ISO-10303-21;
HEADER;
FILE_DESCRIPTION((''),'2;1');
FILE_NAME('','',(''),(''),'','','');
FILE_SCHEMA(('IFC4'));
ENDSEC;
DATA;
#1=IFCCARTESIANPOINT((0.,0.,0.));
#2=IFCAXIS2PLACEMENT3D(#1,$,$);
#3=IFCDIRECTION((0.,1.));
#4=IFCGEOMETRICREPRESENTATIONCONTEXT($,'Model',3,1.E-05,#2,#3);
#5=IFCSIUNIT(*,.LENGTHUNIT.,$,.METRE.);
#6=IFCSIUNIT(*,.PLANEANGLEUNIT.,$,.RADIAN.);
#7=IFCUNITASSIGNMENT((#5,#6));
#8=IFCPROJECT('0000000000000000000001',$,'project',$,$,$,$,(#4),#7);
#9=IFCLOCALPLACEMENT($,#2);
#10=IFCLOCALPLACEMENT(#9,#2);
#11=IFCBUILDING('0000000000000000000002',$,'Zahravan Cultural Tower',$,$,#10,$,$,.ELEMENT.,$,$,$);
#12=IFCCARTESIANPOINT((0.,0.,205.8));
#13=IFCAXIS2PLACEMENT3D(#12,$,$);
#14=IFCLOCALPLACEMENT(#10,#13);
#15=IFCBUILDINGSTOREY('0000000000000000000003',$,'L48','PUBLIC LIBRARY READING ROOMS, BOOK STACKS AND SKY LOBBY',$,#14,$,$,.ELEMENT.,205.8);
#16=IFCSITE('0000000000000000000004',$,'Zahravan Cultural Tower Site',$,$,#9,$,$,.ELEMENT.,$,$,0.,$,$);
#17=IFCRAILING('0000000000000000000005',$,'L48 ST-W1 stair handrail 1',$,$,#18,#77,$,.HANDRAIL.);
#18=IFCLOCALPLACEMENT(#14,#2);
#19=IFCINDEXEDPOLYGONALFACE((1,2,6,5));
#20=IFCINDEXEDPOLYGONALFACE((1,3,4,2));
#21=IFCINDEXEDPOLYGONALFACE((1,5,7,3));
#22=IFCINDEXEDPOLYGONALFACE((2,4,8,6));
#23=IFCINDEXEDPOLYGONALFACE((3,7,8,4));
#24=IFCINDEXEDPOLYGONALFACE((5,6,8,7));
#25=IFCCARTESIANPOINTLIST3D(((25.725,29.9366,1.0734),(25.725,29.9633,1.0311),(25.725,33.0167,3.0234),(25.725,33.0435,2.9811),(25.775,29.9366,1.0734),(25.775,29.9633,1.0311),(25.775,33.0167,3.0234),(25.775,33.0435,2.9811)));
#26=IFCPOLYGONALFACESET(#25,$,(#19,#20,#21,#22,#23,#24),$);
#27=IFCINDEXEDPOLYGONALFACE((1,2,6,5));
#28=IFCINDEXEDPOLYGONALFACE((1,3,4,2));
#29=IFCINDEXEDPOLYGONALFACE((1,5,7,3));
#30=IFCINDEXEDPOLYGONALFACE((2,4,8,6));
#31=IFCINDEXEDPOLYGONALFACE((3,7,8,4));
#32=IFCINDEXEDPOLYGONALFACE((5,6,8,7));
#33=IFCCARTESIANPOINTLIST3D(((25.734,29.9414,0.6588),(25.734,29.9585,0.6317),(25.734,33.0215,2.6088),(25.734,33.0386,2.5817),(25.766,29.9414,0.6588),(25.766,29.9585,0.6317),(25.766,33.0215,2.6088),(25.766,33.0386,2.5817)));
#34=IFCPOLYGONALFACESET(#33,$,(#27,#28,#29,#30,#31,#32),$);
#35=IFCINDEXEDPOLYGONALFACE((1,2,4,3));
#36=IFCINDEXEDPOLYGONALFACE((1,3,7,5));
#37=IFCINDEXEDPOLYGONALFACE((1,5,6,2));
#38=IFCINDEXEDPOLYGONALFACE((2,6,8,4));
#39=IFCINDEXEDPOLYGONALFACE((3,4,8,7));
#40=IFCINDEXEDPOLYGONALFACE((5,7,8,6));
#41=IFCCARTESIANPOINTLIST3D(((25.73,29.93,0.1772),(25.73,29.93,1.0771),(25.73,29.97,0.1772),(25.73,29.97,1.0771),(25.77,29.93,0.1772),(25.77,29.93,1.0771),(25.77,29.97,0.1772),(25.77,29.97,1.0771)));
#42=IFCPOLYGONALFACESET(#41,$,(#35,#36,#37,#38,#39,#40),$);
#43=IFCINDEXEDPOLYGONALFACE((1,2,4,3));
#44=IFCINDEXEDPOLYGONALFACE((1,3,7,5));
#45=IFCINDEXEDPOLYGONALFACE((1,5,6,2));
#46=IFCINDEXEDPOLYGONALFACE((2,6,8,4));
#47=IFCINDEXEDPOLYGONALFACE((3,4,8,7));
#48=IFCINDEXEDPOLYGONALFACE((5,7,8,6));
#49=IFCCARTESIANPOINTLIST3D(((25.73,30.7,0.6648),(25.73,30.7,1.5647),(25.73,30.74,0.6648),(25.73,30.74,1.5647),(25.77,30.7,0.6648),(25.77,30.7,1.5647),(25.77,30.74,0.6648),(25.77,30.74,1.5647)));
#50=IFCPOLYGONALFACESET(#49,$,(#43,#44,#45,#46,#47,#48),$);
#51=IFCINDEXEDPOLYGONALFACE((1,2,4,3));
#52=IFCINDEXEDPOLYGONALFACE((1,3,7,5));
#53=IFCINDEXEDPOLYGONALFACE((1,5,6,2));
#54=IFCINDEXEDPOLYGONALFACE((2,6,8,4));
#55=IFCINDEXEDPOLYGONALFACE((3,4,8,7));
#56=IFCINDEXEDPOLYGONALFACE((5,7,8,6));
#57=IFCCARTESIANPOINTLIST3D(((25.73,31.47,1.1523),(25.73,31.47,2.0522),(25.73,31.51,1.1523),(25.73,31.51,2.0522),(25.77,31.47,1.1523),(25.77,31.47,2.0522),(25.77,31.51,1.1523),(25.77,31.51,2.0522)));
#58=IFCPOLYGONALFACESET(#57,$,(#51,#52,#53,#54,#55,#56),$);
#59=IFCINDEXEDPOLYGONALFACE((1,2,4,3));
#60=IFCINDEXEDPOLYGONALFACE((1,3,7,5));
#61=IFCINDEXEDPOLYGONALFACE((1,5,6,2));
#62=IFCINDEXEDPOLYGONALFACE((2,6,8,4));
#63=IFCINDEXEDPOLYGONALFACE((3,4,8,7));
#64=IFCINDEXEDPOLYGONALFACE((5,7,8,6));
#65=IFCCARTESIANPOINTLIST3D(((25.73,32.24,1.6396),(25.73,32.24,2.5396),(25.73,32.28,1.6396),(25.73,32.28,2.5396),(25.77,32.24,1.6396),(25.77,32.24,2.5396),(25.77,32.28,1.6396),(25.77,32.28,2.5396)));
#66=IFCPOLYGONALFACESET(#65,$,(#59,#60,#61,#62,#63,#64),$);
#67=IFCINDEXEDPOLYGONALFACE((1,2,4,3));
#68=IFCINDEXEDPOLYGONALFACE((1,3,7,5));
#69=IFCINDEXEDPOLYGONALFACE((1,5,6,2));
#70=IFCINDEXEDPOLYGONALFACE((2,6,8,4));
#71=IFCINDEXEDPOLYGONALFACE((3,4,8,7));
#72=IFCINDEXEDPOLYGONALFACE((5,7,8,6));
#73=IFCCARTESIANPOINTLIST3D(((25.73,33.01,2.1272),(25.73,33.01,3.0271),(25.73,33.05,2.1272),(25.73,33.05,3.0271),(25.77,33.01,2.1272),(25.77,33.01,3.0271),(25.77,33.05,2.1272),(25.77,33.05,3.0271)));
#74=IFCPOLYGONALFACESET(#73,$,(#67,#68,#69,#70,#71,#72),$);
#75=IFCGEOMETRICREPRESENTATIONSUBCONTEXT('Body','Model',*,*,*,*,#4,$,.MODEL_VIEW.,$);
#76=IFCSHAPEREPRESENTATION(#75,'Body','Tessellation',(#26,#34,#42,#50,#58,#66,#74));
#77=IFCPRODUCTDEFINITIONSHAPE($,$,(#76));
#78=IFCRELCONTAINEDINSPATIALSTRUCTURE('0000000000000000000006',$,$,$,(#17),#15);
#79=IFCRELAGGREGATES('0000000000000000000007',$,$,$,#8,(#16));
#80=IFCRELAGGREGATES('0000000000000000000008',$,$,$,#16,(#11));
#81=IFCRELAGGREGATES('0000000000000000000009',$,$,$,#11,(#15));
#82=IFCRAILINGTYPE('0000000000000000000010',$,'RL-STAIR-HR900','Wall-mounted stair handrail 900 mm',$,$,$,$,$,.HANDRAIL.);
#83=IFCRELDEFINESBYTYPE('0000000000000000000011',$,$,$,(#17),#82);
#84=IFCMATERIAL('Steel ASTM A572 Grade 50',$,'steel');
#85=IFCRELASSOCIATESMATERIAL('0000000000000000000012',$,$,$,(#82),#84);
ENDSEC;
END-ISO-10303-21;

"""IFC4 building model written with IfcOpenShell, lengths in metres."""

from ifc_helpers import new_model, si_unit, direction, frame, origin, origin_2d, place, context, subcontext, project, spatial, rectangle, extrude, material, type_object, element, save


model = new_model("IFC4")

# Units and contexts
model_context = context("Model", 3, precision=1e-05, world=origin(), true_north=direction((0.0, 1.0)))
body_context = subcontext(model_context, "Body", "Model", "MODEL_VIEW")
ifc_project = project(units=[si_unit("LENGTHUNIT", "METRE"), si_unit("PLANEANGLEUNIT", "RADIAN")], contexts=[model_context])

# Site, building, storey
site_placement = place(None, origin())
site = spatial("IfcSite", under=ifc_project, at=site_placement, Name="Zahravan Cultural Tower Site", CompositionType="ELEMENT", RefElevation=0.0)
building_placement = place(site_placement, origin())
building = spatial("IfcBuilding", under=site, at=building_placement, Name="Zahravan Cultural Tower", CompositionType="ELEMENT")
storey_placement = place(building_placement, frame((0.0, 0.0, 205.8)))
storey = spatial("IfcBuildingStorey", under=building, at=storey_placement, Name="L48", Description="PUBLIC LIBRARY READING ROOMS, BOOK STACKS AND SKY LOBBY", CompositionType="ELEMENT", Elevation=205.8)

# Shared definitions
ifc_material_1 = material(Name="Steel ASTM A572 Grade 50", Category="steel")

# Railing
railing_type_1 = type_object("IfcRailingType", Name="RL-STAIR-HR900", Description="Wall-mounted stair handrail 900 mm", PredefinedType="HANDRAIL", material=ifc_material_1)
railing_1_placement = place(storey_placement, frame((25.75, 29.95, 0.1772)))
element("IfcRailing", 1, at=railing_1_placement, inside=storey, type_object=railing_type_1, Name="L48 ST-W1 stair handrail 1", PredefinedType="HANDRAIL", context=body_context, shape_type="SweptSolid", body=[
    extrude(rectangle(XDim=0.05, YDim=0.05, at=origin_2d()), frame((0.0, 0.0, 0.875), z_axis=(0.0, 0.844914, 0.534902), x_axis=(-1.0, 0.0, 0.0)), (0.0, 0.0, 1.0), 3.6455),
    extrude(rectangle(XDim=0.032, YDim=0.032, at=origin_2d()), frame((0.0, 0.0, 0.468), z_axis=(0.0, 0.844914, 0.534902), x_axis=(-1.0, 0.0, 0.0)), (0.0, 0.0, 1.0), 3.6455),
    extrude(rectangle(XDim=0.04, YDim=0.04, at=origin_2d()), origin(), (0.0, 0.0, 1.0), 0.8999),
    extrude(rectangle(XDim=0.04, YDim=0.04, at=origin_2d()), frame((0.0, 0.77, 0.4875)), (0.0, 0.0, 1.0), 0.8999),
    extrude(rectangle(XDim=0.04, YDim=0.04, at=origin_2d()), frame((0.0, 1.54, 0.9751)), (0.0, 0.0, 1.0), 0.8999),
    extrude(rectangle(XDim=0.04, YDim=0.04, at=origin_2d()), frame((0.0, 2.3101, 1.4624)), (0.0, 0.0, 1.0), 0.8999),
    extrude(rectangle(XDim=0.04, YDim=0.04, at=origin_2d()), frame((0.0, 3.0801, 1.95)), (0.0, 0.0, 1.0), 0.8999),
])

save(model, "model.ifc")
